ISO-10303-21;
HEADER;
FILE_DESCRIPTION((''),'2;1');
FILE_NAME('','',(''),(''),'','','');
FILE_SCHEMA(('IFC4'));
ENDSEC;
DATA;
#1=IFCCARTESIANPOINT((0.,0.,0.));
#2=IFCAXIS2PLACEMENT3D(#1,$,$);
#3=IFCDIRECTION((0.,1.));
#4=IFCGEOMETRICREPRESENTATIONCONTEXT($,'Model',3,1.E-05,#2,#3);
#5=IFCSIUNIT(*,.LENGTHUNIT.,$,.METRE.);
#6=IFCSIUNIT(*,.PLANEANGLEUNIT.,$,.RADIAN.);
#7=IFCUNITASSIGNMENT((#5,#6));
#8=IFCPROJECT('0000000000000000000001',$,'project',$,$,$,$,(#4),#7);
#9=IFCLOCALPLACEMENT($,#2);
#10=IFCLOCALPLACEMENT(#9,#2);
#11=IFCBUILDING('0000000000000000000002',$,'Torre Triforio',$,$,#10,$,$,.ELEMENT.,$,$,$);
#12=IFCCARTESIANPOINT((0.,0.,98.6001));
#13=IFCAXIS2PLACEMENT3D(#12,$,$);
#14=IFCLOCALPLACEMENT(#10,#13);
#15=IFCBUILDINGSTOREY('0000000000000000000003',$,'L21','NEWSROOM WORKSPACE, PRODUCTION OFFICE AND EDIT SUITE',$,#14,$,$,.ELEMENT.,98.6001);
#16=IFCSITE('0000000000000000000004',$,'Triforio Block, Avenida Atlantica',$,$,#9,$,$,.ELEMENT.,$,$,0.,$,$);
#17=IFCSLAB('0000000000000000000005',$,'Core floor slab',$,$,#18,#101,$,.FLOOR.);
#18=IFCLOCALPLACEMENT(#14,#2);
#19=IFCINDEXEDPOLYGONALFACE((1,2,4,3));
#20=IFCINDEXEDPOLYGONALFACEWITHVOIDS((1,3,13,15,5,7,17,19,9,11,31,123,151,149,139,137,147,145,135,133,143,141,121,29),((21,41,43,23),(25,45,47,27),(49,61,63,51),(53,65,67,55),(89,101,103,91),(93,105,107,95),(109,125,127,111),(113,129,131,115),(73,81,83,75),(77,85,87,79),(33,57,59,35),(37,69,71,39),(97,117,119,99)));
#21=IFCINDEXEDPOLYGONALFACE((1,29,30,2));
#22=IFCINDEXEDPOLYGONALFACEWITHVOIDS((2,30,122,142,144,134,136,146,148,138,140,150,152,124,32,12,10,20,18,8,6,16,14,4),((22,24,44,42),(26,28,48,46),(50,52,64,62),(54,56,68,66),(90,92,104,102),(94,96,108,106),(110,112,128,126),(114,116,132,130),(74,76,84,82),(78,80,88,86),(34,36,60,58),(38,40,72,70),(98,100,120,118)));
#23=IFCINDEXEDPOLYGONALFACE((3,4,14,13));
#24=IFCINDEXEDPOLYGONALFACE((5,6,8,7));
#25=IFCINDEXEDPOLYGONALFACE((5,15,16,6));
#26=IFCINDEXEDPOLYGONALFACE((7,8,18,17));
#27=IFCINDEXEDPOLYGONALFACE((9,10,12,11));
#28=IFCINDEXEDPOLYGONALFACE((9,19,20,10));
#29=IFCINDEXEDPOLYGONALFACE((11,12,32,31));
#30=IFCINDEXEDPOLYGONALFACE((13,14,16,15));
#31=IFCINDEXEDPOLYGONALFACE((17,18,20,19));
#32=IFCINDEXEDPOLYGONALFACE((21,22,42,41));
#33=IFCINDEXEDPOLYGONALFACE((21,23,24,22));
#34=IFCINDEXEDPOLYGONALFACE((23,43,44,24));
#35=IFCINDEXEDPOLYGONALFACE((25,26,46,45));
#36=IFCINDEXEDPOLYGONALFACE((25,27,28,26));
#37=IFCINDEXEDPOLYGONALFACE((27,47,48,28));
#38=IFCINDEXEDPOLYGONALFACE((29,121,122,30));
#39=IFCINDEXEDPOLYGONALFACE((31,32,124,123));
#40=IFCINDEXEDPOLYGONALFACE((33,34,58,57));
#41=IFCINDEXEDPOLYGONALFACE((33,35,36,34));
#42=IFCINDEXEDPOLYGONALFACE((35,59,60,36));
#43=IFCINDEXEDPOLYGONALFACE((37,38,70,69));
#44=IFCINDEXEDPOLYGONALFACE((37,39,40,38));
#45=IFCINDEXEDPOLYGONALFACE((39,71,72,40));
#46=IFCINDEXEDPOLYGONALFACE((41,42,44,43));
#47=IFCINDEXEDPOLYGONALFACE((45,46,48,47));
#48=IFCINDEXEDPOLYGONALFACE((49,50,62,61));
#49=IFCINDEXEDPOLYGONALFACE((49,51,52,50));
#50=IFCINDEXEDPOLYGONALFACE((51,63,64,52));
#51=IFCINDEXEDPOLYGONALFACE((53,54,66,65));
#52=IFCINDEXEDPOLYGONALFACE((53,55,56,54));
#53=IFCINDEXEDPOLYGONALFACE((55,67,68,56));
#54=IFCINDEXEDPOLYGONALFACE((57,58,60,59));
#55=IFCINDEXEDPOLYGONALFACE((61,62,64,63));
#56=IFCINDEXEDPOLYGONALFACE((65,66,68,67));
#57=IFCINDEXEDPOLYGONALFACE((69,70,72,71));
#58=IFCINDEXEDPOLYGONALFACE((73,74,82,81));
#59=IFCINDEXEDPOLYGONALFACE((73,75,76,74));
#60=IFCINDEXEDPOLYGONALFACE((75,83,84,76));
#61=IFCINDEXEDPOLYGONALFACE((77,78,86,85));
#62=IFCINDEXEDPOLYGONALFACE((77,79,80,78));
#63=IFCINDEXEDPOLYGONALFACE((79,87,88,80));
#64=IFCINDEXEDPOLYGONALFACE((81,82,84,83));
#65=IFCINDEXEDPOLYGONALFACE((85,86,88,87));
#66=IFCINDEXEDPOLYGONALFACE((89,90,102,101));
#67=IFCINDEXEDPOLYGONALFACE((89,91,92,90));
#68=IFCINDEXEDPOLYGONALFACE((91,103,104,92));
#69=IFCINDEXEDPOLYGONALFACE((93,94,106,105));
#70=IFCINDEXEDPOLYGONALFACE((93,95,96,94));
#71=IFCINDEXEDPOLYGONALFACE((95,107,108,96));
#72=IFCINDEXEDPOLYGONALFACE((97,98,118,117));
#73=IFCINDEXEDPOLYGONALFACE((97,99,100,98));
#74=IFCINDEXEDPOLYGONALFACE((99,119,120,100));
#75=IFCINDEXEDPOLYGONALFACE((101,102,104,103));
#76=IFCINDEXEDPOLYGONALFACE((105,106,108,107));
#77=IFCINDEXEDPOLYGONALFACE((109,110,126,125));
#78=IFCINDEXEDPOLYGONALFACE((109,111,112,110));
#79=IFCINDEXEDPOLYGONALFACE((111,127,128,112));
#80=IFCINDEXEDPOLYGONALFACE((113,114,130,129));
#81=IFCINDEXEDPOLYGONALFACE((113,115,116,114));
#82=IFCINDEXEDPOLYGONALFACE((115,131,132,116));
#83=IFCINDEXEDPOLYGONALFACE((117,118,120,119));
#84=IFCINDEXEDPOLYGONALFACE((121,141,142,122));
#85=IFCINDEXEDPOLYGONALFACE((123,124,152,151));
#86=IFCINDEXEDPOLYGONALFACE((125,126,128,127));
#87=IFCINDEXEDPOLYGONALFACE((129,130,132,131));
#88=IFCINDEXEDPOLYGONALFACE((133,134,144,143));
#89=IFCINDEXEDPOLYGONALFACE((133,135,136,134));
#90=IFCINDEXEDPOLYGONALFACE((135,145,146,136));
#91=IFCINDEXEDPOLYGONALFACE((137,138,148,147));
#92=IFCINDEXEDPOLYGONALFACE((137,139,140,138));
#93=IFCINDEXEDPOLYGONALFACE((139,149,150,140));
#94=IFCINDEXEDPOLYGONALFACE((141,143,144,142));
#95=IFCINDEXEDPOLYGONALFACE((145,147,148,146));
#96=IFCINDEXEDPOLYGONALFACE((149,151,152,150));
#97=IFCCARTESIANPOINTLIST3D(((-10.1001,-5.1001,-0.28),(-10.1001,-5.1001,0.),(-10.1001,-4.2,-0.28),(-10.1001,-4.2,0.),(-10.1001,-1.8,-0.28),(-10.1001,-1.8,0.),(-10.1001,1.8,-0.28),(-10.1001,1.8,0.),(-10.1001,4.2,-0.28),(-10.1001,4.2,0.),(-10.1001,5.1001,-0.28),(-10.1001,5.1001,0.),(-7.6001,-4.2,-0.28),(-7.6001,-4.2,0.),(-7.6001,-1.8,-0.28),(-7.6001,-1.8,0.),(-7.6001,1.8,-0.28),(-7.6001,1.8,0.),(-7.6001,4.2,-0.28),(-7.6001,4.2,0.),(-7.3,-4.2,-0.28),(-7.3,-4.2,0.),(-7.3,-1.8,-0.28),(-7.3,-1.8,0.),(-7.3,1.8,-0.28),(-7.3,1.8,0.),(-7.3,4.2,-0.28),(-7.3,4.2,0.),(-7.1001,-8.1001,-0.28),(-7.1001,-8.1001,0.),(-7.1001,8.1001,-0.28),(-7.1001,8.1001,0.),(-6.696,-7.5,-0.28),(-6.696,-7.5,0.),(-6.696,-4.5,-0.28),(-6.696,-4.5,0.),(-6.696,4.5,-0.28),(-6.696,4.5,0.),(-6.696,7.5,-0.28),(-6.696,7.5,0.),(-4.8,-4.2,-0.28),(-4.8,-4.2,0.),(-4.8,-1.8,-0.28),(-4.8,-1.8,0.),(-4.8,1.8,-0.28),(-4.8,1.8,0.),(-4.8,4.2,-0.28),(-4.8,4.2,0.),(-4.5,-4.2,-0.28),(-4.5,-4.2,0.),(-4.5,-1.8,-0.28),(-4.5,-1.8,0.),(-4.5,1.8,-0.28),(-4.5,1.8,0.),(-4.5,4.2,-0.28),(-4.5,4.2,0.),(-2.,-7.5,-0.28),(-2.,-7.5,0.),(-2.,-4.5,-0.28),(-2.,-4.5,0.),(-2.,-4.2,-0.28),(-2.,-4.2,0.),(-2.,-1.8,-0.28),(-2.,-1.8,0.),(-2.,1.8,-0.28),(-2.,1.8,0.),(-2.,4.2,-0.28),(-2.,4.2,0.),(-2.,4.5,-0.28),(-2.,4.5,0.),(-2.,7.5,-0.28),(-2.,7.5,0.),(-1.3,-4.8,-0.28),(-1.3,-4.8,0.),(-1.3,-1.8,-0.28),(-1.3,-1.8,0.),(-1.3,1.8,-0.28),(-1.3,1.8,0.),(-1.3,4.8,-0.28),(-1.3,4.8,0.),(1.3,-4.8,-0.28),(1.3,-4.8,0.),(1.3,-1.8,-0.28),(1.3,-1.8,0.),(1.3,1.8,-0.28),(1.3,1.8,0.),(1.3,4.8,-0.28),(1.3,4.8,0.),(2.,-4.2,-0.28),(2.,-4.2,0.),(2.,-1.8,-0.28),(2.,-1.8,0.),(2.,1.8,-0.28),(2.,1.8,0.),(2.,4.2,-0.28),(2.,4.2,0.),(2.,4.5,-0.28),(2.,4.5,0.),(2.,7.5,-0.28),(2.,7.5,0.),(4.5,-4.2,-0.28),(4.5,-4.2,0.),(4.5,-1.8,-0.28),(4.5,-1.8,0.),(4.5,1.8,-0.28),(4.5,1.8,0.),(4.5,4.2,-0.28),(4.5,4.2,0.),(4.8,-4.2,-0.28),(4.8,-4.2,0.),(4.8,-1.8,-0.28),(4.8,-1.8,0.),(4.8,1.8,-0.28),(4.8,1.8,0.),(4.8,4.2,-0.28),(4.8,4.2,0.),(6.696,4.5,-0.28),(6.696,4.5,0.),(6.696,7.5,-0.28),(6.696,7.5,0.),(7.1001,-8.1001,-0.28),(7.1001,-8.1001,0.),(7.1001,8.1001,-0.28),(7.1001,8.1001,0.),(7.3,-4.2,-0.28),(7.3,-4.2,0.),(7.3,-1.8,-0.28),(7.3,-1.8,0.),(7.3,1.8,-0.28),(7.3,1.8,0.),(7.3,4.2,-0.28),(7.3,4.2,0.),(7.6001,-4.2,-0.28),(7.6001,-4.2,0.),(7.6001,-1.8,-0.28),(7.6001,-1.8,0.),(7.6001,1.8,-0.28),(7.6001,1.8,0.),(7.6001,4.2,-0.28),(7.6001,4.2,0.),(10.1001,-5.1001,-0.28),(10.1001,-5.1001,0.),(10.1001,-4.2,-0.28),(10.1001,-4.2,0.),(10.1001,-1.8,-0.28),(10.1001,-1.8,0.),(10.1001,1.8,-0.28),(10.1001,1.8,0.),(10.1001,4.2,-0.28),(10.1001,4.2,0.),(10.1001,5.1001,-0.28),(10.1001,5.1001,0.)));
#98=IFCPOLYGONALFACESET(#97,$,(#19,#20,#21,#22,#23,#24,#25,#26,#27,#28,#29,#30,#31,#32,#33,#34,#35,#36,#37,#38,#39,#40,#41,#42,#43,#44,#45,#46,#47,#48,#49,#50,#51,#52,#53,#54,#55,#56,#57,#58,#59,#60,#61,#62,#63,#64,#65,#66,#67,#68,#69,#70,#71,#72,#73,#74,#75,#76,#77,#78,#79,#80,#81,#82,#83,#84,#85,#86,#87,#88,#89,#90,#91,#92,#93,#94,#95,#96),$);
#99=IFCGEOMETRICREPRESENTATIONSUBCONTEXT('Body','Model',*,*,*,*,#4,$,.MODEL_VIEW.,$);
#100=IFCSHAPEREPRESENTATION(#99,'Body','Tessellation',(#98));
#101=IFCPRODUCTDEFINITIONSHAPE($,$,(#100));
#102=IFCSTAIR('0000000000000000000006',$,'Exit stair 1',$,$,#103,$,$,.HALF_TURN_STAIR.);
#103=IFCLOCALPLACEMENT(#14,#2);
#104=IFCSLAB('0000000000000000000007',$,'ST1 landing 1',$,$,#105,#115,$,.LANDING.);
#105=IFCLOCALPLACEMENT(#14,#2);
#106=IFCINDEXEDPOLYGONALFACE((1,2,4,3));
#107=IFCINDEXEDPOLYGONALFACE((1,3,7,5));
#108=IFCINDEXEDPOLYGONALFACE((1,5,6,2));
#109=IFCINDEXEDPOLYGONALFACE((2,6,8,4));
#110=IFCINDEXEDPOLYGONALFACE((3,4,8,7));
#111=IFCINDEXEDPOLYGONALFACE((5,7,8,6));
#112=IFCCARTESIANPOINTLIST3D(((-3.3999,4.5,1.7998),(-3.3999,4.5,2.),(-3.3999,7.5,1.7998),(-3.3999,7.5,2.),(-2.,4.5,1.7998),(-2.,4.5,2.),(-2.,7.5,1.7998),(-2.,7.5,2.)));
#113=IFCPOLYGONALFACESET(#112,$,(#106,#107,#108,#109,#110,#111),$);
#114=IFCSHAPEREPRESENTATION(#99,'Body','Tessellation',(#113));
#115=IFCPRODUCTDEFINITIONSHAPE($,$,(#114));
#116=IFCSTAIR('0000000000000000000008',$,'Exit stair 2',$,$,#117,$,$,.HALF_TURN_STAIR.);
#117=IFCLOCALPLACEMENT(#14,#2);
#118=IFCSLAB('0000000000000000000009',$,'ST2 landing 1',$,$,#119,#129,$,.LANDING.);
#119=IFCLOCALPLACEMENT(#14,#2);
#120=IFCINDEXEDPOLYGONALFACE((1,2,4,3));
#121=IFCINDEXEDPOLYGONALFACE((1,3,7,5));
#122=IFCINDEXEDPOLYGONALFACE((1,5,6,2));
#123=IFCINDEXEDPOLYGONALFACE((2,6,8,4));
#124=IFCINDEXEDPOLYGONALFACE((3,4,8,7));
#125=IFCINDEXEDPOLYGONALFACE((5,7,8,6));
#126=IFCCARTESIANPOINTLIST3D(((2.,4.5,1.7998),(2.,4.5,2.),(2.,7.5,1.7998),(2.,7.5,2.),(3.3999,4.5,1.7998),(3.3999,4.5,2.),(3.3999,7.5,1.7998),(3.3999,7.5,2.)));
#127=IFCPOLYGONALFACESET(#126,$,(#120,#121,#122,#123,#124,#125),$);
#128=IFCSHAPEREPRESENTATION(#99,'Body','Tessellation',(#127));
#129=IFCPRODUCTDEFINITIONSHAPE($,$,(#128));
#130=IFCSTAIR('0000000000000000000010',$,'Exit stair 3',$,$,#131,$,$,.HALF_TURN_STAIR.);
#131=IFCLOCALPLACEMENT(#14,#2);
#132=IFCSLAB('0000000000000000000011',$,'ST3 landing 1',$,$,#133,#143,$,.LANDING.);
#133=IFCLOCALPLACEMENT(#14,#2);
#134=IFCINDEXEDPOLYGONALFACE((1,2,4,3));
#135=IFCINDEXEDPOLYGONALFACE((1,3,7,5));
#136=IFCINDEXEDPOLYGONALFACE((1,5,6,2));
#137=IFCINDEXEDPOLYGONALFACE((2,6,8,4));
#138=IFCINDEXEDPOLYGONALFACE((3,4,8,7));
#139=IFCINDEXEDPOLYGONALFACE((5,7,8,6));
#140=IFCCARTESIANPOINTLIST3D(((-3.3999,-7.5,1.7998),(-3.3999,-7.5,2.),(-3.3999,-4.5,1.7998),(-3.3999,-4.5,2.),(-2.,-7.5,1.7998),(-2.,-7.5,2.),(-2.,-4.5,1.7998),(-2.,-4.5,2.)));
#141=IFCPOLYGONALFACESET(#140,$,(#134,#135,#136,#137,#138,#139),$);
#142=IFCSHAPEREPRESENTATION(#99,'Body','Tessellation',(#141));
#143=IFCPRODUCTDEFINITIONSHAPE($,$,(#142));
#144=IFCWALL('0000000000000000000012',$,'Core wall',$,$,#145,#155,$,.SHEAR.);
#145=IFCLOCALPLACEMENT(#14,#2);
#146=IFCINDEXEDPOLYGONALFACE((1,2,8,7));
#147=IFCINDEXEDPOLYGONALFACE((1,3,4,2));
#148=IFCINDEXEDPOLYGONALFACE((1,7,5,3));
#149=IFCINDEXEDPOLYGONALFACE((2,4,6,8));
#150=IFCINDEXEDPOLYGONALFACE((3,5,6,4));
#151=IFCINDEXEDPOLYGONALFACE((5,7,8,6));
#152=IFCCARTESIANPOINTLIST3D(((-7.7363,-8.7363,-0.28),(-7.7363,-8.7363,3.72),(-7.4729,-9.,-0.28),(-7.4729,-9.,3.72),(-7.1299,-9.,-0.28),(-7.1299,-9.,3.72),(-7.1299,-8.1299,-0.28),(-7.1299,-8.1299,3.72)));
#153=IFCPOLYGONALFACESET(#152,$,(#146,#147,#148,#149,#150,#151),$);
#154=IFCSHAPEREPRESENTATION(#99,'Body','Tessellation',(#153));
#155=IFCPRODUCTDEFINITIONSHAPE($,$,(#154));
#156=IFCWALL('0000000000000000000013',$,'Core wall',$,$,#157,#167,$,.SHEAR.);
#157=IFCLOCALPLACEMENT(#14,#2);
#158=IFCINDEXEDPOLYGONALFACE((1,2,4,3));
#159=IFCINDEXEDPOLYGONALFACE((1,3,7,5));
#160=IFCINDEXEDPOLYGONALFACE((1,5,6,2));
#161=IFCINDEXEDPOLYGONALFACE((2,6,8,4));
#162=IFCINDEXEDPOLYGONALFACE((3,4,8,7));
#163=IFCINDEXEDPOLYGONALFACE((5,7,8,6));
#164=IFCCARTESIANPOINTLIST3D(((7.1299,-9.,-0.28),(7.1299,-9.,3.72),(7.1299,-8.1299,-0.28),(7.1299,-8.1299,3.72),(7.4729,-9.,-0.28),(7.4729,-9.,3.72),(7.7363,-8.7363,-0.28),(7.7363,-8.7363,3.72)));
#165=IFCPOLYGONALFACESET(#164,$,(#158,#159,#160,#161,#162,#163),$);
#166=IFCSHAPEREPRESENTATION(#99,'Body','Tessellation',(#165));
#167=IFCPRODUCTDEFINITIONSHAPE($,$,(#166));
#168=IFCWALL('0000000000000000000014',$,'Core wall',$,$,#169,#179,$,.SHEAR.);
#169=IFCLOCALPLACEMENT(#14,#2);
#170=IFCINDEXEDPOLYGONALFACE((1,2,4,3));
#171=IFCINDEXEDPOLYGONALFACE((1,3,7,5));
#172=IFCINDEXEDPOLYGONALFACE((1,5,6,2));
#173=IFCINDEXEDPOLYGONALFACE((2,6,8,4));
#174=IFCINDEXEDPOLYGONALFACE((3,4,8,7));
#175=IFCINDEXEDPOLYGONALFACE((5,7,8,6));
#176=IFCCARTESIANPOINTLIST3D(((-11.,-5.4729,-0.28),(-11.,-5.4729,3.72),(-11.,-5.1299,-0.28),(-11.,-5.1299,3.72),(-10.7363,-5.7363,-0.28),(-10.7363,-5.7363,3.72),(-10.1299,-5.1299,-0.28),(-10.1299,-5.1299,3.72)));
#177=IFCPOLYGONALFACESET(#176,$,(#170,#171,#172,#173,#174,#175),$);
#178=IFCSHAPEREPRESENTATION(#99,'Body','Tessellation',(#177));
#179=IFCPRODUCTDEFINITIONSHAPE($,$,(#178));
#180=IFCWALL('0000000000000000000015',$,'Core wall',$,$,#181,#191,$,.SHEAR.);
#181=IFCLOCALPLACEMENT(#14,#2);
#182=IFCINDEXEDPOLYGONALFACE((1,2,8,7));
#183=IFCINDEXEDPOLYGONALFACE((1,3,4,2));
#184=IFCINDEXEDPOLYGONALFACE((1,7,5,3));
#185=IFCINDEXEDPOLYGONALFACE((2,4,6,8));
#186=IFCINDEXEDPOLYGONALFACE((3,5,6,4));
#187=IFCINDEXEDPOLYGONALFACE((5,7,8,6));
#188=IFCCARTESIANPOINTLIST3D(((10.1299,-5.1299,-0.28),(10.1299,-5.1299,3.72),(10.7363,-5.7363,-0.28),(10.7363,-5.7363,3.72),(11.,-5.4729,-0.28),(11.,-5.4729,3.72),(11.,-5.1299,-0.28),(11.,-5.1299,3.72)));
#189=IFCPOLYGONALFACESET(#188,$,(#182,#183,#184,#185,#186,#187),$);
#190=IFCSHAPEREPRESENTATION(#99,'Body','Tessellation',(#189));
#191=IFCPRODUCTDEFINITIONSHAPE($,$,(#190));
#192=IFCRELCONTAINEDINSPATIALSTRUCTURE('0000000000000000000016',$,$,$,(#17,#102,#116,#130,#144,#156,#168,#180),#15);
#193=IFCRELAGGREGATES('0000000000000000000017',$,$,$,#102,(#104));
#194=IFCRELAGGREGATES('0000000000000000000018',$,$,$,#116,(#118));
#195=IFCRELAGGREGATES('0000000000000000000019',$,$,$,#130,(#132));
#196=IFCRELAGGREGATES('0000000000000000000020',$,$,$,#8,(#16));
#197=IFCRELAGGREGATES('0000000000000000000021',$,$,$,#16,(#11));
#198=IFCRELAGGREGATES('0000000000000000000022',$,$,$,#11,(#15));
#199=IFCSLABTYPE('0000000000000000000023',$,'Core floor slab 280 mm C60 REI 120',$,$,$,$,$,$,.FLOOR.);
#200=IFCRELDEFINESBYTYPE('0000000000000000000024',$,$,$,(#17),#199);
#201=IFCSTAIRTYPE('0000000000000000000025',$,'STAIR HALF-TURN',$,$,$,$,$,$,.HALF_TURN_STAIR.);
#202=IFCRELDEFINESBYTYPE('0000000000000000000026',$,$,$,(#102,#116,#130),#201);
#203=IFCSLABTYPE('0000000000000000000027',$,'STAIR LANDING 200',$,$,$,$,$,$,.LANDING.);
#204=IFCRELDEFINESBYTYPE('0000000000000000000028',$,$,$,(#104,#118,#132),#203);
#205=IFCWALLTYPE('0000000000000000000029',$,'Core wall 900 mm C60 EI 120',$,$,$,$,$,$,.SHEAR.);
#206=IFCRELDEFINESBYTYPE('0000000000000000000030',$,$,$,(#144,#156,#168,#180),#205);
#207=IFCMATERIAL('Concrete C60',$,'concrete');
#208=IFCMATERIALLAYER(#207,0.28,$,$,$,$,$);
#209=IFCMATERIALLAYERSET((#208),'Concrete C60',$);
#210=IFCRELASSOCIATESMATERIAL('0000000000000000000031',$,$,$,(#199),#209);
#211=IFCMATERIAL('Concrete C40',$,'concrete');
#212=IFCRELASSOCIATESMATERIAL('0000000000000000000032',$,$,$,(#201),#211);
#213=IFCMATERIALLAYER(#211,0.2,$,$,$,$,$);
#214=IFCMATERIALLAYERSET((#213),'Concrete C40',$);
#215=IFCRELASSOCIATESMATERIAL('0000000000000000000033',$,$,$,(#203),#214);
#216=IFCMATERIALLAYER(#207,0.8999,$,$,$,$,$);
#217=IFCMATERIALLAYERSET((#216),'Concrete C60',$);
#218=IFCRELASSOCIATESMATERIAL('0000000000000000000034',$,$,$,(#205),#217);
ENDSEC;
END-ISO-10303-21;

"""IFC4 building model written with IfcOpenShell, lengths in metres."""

from ifc_helpers import new_model, si_unit, direction, frame, origin, place, context, subcontext, project, spatial, polyline, outline, extrude, material, layer, layer_set, type_object, element, aggregate, save


model = new_model("IFC4")

# Units and contexts
model_context = context("Model", 3, precision=1e-05, world=origin(), true_north=direction((0.0, 1.0)))
body_context = subcontext(model_context, "Body", "Model", "MODEL_VIEW")
ifc_project = project(units=[si_unit("LENGTHUNIT", "METRE"), si_unit("PLANEANGLEUNIT", "RADIAN")], contexts=[model_context])

# Site, building, storey
site_placement = place(None, origin())
site = spatial("IfcSite", under=ifc_project, at=site_placement, Name="Triforio Block, Avenida Atlantica", CompositionType="ELEMENT", RefElevation=0.0)
building_placement = place(site_placement, origin())
building = spatial("IfcBuilding", under=site, at=building_placement, Name="Torre Triforio", CompositionType="ELEMENT")
storey_placement = place(building_placement, frame((0.0, 0.0, 98.6001)))
storey = spatial("IfcBuildingStorey", under=building, at=storey_placement, Name="L21", Description="NEWSROOM WORKSPACE, PRODUCTION OFFICE AND EDIT SUITE", CompositionType="ELEMENT", Elevation=98.6001)

# Slab
ifc_material_1 = material(Name="Concrete C60", Category="concrete")
ifc_layer_1 = layer(ifc_material_1, 0.28)
ifc_layer_set_1 = layer_set([ifc_layer_1], Name="Concrete C60")
slab_type_1 = type_object("IfcSlabType", Name="Core floor slab 280 mm C60 REI 120", PredefinedType="FLOOR", material=ifc_layer_set_1)
slab_1_placement = place(storey_placement, frame((0.0, 0.0, -0.28)))
element("IfcSlab", 1, at=slab_1_placement, inside=storey, type_object=slab_type_1, Name="Core floor slab", PredefinedType="FLOOR", context=body_context, shape_type="SweptSolid", body=[
    extrude(outline(polyline([(10.1001, -5.1001), (7.1001, -8.1001), (-7.1001, -8.1001), (-10.1001, -5.1001), (-10.1001, -4.2), (-7.6001, -4.2), (-7.6001, -1.8), (-10.1001, -1.8), (-10.1001, 1.8), (-7.6001, 1.8), (-7.6001, 4.2), (-10.1001, 4.2), (-10.1001, 5.1001), (-7.1001, 8.1001), (7.1001, 8.1001), (10.1001, 5.1001), (10.1001, 4.2), (7.6001, 4.2), (7.6001, 1.8), (10.1001, 1.8), (10.1001, -1.8), (7.6001, -1.8), (7.6001, -4.2), (10.1001, -4.2), (10.1001, -5.1001)]), holes=[polyline([(-2.0, -4.5), (-6.696, -4.5), (-6.696, -7.5), (-2.0, -7.5), (-2.0, -4.5)]), polyline([(-4.8, -1.8), (-7.3, -1.8), (-7.3, -4.2), (-4.8, -4.2), (-4.8, -1.8)]), polyline([(-2.0, -1.8), (-4.5, -1.8), (-4.5, -4.2), (-2.0, -4.2), (-2.0, -1.8)]), polyline([(-4.8, 4.2), (-7.3, 4.2), (-7.3, 1.8), (-4.8, 1.8), (-4.8, 4.2)]), polyline([(-2.0, 4.2), (-4.5, 4.2), (-4.5, 1.8), (-2.0, 1.8), (-2.0, 4.2)]), polyline([(1.3, 4.8), (-1.3, 4.8), (-1.3, 1.8), (1.3, 1.8), (1.3, 4.8)]), polyline([(-2.0, 7.5), (-6.696, 7.5), (-6.696, 4.5), (-2.0, 4.5), (-2.0, 7.5)]), polyline([(1.3, -1.8), (-1.3, -1.8), (-1.3, -4.8), (1.3, -4.8), (1.3, -1.8)]), polyline([(4.5, -1.8), (2.0, -1.8), (2.0, -4.2), (4.5, -4.2), (4.5, -1.8)]), polyline([(7.3, -1.8), (4.8, -1.8), (4.8, -4.2), (7.3, -4.2), (7.3, -1.8)]), polyline([(4.5, 4.2), (2.0, 4.2), (2.0, 1.8), (4.5, 1.8), (4.5, 4.2)]), polyline([(7.3, 4.2), (4.8, 4.2), (4.8, 1.8), (7.3, 1.8), (7.3, 4.2)]), polyline([(6.696, 4.5), (6.696, 7.5), (2.0, 7.5), (2.0, 4.5), (6.696, 4.5)])]), origin(), (0.0, 0.0, 1.0), 0.28),
])

# Stairs, slabs
ifc_material_2 = material(Name="Concrete C40", Category="concrete")
stair_type = type_object("IfcStairType", Name="STAIR HALF-TURN", PredefinedType="HALF_TURN_STAIR", material=ifc_material_2)
stair_1_placement = place(storey_placement, origin())
stair_1 = element("IfcStair", 2, at=stair_1_placement, inside=storey, type_object=stair_type, Name="Exit stair 1", PredefinedType="HALF_TURN_STAIR")
ifc_layer_2 = layer(ifc_material_2, 0.2)
ifc_layer_set_2 = layer_set([ifc_layer_2], Name="Concrete C40")
slab_type_2 = type_object("IfcSlabType", Name="STAIR LANDING 200", PredefinedType="LANDING", material=ifc_layer_set_2)
slab_2_placement = place(storey_placement, frame((0.0, 0.0, 1.7998)))
slab_2 = element("IfcSlab", 3, at=slab_2_placement, type_object=slab_type_2, Name="ST1 landing 1", PredefinedType="LANDING", context=body_context, shape_type="SweptSolid", body=[
    extrude(outline(polyline([(-2.0, 4.5), (-2.0, 7.5), (-3.3999, 7.5), (-3.3999, 4.5), (-2.0, 4.5)])), origin(), (0.0, 0.0, 1.0), 0.2002),
])
aggregate(stair_1, [slab_2])
stair_2_placement = place(storey_placement, origin())
stair_2 = element("IfcStair", 4, at=stair_2_placement, inside=storey, type_object=stair_type, Name="Exit stair 2", PredefinedType="HALF_TURN_STAIR")
slab_3_placement = place(storey_placement, frame((0.0, 0.0, 1.7998)))
slab_3 = element("IfcSlab", 5, at=slab_3_placement, type_object=slab_type_2, Name="ST2 landing 1", PredefinedType="LANDING", context=body_context, shape_type="SweptSolid", body=[
    extrude(outline(polyline([(3.3999, 4.5), (3.3999, 7.5), (2.0, 7.5), (2.0, 4.5), (3.3999, 4.5)])), origin(), (0.0, 0.0, 1.0), 0.2002),
])
aggregate(stair_2, [slab_3])
stair_3_placement = place(storey_placement, origin())
stair_3 = element("IfcStair", 6, at=stair_3_placement, inside=storey, type_object=stair_type, Name="Exit stair 3", PredefinedType="HALF_TURN_STAIR")
slab_4_placement = place(storey_placement, frame((0.0, 0.0, 1.7998)))
slab_4 = element("IfcSlab", 7, at=slab_4_placement, type_object=slab_type_2, Name="ST3 landing 1", PredefinedType="LANDING", context=body_context, shape_type="SweptSolid", body=[
    extrude(outline(polyline([(-2.0, -7.5), (-2.0, -4.5), (-3.3999, -4.5), (-3.3999, -7.5), (-2.0, -7.5)])), origin(), (0.0, 0.0, 1.0), 0.2002),
])
aggregate(stair_3, [slab_4])

# Walls
ifc_layer_3 = layer(ifc_material_1, 0.8999)
ifc_layer_set_3 = layer_set([ifc_layer_3], Name="Concrete C60")
wall_type_1 = type_object("IfcWallType", Name="Core wall 900 mm C60 EI 120", PredefinedType="SHEAR", material=ifc_layer_set_3)
wall_1_placement = place(storey_placement, frame((0.0, 0.0, -0.28)))
element("IfcWall", 8, at=wall_1_placement, inside=storey, type_object=wall_type_1, Name="Core wall", PredefinedType="SHEAR", context=body_context, shape_type="SweptSolid", body=[
    extrude(outline(polyline([(-7.4729, -9.0), (-7.7363, -8.7363), (-7.1299, -8.1299), (-7.1299, -9.0), (-7.4729, -9.0)])), origin(), (0.0, 0.0, 1.0), 4.0),
])
wall_2_placement = place(storey_placement, frame((0.0, 0.0, -0.28)))
element("IfcWall", 9, at=wall_2_placement, inside=storey, type_object=wall_type_1, Name="Core wall", PredefinedType="SHEAR", context=body_context, shape_type="SweptSolid", body=[
    extrude(outline(polyline([(7.4729, -9.0), (7.1299, -9.0), (7.1299, -8.1299), (7.7363, -8.7363), (7.4729, -9.0)])), origin(), (0.0, 0.0, 1.0), 4.0),
])
wall_3_placement = place(storey_placement, frame((0.0, 0.0, -0.28)))
element("IfcWall", 10, at=wall_3_placement, inside=storey, type_object=wall_type_1, Name="Core wall", PredefinedType="SHEAR", context=body_context, shape_type="SweptSolid", body=[
    extrude(outline(polyline([(-11.0, -5.4729), (-11.0, -5.1299), (-10.1299, -5.1299), (-10.7363, -5.7363), (-11.0, -5.4729)])), origin(), (0.0, 0.0, 1.0), 4.0),
])
wall_4_placement = place(storey_placement, frame((0.0, 0.0, -0.28)))
element("IfcWall", 11, at=wall_4_placement, inside=storey, type_object=wall_type_1, Name="Core wall", PredefinedType="SHEAR", context=body_context, shape_type="SweptSolid", body=[
    extrude(outline(polyline([(11.0, -5.4729), (10.7363, -5.7363), (10.1299, -5.1299), (11.0, -5.1299), (11.0, -5.4729)])), origin(), (0.0, 0.0, 1.0), 4.0),
])

save(model, "model.ifc")
